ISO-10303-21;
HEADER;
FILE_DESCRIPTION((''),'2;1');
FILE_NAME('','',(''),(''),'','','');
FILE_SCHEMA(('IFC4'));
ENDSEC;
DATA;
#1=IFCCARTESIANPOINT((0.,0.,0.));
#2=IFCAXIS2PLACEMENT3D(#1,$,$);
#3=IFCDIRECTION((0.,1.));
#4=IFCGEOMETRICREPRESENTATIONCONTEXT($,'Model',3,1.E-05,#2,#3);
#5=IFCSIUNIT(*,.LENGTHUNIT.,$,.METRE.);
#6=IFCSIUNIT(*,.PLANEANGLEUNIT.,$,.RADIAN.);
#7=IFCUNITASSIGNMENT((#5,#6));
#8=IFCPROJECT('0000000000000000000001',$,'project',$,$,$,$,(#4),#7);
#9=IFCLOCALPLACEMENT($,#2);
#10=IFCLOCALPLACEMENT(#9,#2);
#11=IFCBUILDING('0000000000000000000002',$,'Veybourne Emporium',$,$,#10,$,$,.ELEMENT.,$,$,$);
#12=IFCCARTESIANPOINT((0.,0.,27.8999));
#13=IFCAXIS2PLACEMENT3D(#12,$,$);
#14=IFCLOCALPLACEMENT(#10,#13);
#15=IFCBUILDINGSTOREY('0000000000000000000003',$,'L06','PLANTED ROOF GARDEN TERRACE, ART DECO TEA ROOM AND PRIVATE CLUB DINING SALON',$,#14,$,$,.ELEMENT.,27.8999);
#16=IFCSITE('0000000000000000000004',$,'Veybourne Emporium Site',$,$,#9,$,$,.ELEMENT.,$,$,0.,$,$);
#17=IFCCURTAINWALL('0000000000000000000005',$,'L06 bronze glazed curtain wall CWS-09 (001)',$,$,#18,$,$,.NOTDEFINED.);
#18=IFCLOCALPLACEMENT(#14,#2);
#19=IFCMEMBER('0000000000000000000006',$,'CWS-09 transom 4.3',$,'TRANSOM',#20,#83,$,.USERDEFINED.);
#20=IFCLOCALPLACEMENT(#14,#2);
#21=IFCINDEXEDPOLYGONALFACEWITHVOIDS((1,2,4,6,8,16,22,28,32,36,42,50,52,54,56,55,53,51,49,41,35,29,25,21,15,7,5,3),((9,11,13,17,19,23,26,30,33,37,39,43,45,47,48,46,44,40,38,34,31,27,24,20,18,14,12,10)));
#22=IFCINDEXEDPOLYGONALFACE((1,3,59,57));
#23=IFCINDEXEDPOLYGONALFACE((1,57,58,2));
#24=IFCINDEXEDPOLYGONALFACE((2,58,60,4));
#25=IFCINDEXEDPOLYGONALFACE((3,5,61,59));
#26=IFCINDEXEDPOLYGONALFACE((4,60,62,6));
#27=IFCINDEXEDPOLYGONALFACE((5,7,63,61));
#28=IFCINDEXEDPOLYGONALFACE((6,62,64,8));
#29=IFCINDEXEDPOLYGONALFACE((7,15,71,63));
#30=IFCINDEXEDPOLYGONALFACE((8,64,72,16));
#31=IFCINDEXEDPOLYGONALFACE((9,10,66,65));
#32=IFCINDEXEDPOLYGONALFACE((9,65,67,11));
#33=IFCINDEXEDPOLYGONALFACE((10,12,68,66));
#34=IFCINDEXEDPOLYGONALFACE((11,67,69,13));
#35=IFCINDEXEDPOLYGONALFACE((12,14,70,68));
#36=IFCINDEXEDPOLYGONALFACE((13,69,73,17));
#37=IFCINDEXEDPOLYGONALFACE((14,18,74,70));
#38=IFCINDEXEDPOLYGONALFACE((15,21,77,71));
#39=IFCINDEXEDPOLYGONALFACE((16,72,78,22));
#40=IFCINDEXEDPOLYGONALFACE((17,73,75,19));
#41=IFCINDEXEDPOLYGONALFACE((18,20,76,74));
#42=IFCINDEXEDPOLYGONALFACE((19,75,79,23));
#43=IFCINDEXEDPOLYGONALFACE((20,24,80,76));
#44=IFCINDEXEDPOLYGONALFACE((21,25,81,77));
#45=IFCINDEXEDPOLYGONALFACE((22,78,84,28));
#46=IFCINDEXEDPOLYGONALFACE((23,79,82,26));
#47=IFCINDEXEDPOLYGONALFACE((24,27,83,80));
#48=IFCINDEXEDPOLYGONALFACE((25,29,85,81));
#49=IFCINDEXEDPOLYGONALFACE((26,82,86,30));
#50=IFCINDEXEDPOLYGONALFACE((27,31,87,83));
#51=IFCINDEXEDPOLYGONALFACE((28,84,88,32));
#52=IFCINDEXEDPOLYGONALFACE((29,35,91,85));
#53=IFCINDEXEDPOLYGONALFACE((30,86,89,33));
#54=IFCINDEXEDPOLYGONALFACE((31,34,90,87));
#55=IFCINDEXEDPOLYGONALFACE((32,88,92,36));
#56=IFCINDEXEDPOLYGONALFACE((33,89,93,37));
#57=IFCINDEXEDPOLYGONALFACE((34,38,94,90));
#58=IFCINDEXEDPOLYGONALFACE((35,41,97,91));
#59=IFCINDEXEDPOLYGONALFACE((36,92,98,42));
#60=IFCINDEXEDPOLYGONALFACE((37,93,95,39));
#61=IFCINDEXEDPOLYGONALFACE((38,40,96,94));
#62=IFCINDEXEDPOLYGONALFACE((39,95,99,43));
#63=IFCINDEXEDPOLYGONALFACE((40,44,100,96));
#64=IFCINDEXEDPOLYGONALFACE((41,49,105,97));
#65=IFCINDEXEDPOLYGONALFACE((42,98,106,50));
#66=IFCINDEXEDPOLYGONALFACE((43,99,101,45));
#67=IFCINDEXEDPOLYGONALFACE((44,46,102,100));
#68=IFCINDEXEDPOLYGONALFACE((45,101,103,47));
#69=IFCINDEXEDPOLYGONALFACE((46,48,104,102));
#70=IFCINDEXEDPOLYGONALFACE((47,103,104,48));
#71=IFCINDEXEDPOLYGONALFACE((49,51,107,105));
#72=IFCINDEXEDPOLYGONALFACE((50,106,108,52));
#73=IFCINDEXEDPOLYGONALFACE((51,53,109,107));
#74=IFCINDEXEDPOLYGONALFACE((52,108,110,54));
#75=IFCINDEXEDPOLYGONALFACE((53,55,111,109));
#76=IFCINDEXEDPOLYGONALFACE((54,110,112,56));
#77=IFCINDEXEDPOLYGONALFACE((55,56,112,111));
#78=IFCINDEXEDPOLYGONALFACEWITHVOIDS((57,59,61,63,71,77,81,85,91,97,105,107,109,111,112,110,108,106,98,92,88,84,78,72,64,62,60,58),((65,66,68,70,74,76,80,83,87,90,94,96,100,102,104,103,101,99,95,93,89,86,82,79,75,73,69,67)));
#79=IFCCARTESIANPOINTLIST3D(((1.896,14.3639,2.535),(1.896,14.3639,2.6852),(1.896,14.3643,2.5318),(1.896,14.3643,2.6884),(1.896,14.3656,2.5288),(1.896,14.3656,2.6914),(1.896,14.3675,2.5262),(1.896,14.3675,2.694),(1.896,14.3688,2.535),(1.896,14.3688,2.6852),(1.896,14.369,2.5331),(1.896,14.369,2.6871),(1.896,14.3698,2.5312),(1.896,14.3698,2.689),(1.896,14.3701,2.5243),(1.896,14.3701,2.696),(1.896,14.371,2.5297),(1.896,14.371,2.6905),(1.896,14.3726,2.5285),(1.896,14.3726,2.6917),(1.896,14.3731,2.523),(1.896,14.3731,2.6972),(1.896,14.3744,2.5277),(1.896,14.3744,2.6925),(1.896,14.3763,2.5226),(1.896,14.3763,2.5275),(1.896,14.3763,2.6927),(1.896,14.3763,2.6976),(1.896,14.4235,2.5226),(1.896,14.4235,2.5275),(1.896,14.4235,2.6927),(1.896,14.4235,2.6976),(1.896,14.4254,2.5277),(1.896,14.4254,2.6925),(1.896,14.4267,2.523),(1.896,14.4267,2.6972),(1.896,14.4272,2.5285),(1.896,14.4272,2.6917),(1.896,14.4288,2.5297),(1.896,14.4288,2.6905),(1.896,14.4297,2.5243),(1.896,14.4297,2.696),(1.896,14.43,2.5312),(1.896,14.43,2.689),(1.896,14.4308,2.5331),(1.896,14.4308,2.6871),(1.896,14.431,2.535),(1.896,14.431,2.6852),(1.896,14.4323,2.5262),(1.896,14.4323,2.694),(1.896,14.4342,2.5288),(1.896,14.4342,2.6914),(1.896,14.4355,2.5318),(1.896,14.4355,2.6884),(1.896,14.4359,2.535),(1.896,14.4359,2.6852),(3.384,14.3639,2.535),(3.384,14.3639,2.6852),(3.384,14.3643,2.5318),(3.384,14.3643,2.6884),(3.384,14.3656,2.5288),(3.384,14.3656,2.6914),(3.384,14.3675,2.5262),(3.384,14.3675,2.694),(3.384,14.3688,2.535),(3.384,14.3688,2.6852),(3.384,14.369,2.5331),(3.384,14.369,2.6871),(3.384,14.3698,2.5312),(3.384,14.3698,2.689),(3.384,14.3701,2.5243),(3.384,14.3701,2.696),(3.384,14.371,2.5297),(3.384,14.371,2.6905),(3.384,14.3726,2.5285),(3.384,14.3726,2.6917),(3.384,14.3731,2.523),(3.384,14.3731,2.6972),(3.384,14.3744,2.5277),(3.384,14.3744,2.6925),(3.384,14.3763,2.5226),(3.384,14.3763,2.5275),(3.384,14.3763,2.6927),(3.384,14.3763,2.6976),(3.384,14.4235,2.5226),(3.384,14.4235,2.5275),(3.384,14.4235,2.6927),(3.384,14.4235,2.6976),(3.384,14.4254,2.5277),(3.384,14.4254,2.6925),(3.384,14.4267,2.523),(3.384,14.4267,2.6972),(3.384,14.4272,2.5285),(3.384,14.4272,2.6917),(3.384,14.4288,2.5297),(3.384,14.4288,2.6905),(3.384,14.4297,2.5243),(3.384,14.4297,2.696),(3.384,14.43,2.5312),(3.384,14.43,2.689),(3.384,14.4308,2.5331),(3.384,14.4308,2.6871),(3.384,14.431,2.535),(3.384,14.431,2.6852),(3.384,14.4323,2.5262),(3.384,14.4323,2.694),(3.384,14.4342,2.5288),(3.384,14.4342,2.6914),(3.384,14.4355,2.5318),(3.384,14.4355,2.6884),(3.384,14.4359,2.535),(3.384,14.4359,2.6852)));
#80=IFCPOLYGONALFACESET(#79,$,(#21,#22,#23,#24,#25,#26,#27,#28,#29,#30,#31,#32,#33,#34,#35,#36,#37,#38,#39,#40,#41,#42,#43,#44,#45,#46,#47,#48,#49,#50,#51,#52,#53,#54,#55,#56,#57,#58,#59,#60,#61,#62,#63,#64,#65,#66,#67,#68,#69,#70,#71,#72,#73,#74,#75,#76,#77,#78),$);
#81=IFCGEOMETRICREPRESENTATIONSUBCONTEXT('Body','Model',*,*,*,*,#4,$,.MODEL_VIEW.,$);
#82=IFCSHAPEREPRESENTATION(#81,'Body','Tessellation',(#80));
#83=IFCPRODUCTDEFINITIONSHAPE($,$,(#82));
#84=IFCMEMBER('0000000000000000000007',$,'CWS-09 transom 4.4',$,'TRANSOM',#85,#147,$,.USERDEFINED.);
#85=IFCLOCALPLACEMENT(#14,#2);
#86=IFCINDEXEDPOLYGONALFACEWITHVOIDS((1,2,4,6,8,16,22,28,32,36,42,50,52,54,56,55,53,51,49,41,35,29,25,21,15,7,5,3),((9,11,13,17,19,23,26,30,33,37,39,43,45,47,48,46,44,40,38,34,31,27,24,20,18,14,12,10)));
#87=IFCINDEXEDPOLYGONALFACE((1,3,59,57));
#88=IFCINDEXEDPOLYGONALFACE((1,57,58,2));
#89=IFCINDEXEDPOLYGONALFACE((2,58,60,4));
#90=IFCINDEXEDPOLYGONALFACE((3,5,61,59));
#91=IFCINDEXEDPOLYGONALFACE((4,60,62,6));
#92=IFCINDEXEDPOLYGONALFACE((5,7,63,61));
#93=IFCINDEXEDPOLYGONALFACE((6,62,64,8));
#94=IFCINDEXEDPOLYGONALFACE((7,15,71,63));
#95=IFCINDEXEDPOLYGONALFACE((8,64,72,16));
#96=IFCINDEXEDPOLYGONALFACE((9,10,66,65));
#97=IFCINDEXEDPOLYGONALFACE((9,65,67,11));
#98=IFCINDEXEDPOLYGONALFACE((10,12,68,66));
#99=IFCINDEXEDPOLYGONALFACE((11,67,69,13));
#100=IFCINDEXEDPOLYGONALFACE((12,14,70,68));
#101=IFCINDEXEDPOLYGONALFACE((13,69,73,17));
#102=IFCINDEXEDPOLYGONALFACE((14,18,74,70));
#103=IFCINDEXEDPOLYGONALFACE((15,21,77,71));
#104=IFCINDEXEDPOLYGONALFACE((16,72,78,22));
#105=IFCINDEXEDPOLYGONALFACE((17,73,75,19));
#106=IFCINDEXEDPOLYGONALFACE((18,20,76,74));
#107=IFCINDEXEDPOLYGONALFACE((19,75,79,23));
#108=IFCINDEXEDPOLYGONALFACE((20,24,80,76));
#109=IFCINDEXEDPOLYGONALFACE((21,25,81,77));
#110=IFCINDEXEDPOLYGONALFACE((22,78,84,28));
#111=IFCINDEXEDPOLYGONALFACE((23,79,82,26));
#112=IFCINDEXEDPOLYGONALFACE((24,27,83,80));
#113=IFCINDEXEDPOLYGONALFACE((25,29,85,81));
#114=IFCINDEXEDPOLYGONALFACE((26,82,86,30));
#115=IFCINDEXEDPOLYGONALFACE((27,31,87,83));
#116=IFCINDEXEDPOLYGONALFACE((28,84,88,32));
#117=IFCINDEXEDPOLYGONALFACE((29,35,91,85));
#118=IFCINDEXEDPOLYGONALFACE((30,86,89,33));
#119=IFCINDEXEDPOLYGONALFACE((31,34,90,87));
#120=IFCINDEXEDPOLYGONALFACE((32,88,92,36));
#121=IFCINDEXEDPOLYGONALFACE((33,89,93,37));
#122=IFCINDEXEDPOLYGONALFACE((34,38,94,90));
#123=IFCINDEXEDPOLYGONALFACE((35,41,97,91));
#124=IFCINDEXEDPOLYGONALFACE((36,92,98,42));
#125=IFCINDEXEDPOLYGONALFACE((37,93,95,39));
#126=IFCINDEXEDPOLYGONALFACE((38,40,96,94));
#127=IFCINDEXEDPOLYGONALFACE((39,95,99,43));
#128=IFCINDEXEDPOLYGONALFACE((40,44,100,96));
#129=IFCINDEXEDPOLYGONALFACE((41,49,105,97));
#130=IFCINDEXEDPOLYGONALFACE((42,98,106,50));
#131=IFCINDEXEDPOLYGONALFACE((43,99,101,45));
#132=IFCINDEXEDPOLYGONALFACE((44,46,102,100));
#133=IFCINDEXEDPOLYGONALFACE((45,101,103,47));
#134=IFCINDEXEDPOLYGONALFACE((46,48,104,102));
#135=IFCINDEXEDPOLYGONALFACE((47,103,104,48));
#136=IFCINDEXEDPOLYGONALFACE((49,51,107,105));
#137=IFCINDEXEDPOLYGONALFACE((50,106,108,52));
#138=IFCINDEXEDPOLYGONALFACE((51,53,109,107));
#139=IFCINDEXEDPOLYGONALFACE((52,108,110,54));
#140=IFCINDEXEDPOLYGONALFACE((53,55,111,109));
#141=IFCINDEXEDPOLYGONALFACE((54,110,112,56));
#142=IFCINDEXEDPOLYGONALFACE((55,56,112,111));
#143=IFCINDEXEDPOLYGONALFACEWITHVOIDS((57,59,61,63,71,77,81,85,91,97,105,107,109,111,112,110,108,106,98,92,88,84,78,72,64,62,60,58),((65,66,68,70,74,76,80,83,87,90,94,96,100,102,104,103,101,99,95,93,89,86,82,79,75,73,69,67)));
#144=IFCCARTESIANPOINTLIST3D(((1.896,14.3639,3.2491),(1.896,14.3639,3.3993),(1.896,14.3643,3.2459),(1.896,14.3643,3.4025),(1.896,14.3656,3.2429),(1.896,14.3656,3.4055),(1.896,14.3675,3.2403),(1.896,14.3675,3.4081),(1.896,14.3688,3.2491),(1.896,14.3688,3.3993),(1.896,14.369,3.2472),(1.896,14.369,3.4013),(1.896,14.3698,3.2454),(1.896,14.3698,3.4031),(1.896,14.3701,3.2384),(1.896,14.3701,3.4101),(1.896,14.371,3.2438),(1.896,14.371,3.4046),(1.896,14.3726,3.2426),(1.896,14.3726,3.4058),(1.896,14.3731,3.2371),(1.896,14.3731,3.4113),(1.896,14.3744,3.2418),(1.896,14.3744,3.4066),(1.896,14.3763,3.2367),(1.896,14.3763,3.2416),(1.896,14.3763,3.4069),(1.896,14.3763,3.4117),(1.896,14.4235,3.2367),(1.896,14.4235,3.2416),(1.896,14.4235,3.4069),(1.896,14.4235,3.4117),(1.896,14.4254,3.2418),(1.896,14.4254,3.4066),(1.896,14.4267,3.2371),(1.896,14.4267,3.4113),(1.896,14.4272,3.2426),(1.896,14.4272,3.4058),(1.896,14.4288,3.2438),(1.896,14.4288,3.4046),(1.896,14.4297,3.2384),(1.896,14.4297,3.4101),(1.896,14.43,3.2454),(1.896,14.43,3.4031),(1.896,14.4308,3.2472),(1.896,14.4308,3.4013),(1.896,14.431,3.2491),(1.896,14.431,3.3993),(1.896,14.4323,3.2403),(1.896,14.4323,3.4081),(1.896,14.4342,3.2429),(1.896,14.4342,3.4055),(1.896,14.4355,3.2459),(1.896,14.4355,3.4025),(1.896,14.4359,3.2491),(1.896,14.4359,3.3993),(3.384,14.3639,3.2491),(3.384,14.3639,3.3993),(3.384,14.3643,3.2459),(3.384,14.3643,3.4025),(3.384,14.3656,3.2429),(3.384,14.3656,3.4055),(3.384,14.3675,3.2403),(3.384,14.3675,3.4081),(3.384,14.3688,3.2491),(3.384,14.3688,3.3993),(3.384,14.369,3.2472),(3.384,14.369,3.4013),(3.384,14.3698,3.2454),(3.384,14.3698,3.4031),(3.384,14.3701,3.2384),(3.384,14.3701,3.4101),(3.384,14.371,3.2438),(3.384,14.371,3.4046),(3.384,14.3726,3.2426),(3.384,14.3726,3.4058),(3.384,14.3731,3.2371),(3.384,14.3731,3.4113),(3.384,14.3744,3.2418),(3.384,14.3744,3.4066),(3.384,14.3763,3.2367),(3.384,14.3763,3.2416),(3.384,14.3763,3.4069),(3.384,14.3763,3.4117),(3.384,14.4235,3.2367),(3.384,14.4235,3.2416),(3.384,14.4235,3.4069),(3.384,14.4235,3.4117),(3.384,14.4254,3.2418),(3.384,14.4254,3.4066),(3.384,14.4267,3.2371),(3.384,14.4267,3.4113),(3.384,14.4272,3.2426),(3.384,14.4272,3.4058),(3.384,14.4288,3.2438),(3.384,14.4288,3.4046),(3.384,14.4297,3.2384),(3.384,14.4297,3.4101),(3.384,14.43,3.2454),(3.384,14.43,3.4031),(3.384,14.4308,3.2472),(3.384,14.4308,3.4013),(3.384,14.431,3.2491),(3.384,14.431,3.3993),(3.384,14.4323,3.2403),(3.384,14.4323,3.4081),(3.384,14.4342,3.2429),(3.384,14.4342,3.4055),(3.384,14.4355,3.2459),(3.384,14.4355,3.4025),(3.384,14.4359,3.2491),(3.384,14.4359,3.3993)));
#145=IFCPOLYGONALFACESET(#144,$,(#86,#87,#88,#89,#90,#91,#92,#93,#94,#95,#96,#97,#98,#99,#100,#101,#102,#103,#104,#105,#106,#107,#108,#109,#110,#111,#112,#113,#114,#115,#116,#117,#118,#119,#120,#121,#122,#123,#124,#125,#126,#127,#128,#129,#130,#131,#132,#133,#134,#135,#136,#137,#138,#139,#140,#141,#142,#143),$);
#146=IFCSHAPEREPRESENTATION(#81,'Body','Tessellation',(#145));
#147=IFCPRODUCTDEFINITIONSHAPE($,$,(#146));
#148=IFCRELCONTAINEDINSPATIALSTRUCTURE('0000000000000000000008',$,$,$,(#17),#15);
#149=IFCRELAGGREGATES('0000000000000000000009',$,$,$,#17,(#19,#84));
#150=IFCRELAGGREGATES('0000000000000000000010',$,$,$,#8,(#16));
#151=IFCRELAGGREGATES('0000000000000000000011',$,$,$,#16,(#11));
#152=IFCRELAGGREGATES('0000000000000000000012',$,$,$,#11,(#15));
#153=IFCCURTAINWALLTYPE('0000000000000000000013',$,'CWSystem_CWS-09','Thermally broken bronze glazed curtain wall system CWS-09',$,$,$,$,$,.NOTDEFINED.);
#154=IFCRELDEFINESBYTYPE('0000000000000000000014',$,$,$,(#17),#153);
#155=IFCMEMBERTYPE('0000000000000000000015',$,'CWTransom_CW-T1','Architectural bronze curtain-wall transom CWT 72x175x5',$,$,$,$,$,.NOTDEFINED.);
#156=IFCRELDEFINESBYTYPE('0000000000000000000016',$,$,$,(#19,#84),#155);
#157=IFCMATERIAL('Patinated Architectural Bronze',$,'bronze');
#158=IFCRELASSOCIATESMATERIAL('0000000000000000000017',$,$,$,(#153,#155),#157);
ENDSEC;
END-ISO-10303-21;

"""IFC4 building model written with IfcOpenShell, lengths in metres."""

from ifc_helpers import new_model, si_unit, direction, frame, origin, origin_2d, place, context, subcontext, project, spatial, hollow_rectangle, extrude, material, material_profile, profile_set, type_object, element, aggregate, save


model = new_model("IFC4")

# Units and contexts
model_context = context("Model", 3, precision=1e-05, world=origin(), true_north=direction((0.0, 1.0)))
body_context = subcontext(model_context, "Body", "Model", "MODEL_VIEW")
ifc_project = project(units=[si_unit("LENGTHUNIT", "METRE"), si_unit("PLANEANGLEUNIT", "RADIAN")], contexts=[model_context])

# Site, building, storey
site_placement = place(None, origin())
site = spatial("IfcSite", under=ifc_project, at=site_placement, Name="Veybourne Emporium Site", CompositionType="ELEMENT", RefElevation=0.0)
building_placement = place(site_placement, origin())
building = spatial("IfcBuilding", under=site, at=building_placement, Name="Veybourne Emporium", CompositionType="ELEMENT")
storey_placement = place(building_placement, frame((0.0, 0.0, 27.8999)))
storey = spatial("IfcBuildingStorey", under=building, at=storey_placement, Name="L06", Description="PLANTED ROOF GARDEN TERRACE, ART DECO TEA ROOM AND PRIVATE CLUB DINING SALON", CompositionType="ELEMENT", Elevation=27.8999)

# Curtain wall, members
ifc_material_1 = material(Name="Patinated Architectural Bronze", Category="bronze")
curtain_wall_type = type_object("IfcCurtainWallType", Name="CWSystem_CWS-09", Description="Thermally broken bronze glazed curtain wall system CWS-09", PredefinedType="NOTDEFINED", material=ifc_material_1)
curtain_wall_placement = place(storey_placement, origin())
curtain_wall = element("IfcCurtainWall", 1, at=curtain_wall_placement, inside=storey, type_object=curtain_wall_type, Name="L06 bronze glazed curtain wall CWS-09 (001)", PredefinedType="NOTDEFINED")
ifc_material_profile_1 = material_profile(ifc_material_1, hollow_rectangle(XDim=0.072, YDim=0.175, WallThickness=0.0049, InnerFilletRadius=0.0076, OuterFilletRadius=0.0125, at=origin_2d()), Name="CWT 72x175x5")
ifc_profile_set_1 = profile_set([ifc_material_profile_1], Name="Patinated Architectural Bronze")
member_type_1 = type_object("IfcMemberType", Name="CWTransom_CW-T1", Description="Architectural bronze curtain-wall transom CWT 72x175x5", PredefinedType="NOTDEFINED", material=ifc_profile_set_1)
member_1_placement = place(storey_placement, frame((3.384, 14.3999, 2.6101), z_axis=(-1.0, 0.0, 0.0), x_axis=(0.0, -1.0, 0.0)))
member_1 = element("IfcMember", 2, at=member_1_placement, type_object=member_type_1, Name="CWS-09 transom 4.3", ObjectType="TRANSOM", PredefinedType="USERDEFINED", context=body_context, shape_type="SweptSolid", body=[
    extrude(hollow_rectangle(XDim=0.072, YDim=0.175, WallThickness=0.0049, InnerFilletRadius=0.0076, OuterFilletRadius=0.0125, at=origin_2d()), origin(), (0.0, 0.0, 1.0), 1.488),
])
member_2_placement = place(storey_placement, frame((3.384, 14.3999, 3.3242), z_axis=(-1.0, 0.0, 0.0), x_axis=(0.0, -1.0, 0.0)))
member_2 = element("IfcMember", 3, at=member_2_placement, type_object=member_type_1, Name="CWS-09 transom 4.4", ObjectType="TRANSOM", PredefinedType="USERDEFINED", context=body_context, shape_type="SweptSolid", body=[
    extrude(hollow_rectangle(XDim=0.072, YDim=0.175, WallThickness=0.0049, InnerFilletRadius=0.0076, OuterFilletRadius=0.0125, at=origin_2d()), origin(), (0.0, 0.0, 1.0), 1.488),
])

aggregate(curtain_wall, [member_1, member_2])

save(model, "model.ifc")
